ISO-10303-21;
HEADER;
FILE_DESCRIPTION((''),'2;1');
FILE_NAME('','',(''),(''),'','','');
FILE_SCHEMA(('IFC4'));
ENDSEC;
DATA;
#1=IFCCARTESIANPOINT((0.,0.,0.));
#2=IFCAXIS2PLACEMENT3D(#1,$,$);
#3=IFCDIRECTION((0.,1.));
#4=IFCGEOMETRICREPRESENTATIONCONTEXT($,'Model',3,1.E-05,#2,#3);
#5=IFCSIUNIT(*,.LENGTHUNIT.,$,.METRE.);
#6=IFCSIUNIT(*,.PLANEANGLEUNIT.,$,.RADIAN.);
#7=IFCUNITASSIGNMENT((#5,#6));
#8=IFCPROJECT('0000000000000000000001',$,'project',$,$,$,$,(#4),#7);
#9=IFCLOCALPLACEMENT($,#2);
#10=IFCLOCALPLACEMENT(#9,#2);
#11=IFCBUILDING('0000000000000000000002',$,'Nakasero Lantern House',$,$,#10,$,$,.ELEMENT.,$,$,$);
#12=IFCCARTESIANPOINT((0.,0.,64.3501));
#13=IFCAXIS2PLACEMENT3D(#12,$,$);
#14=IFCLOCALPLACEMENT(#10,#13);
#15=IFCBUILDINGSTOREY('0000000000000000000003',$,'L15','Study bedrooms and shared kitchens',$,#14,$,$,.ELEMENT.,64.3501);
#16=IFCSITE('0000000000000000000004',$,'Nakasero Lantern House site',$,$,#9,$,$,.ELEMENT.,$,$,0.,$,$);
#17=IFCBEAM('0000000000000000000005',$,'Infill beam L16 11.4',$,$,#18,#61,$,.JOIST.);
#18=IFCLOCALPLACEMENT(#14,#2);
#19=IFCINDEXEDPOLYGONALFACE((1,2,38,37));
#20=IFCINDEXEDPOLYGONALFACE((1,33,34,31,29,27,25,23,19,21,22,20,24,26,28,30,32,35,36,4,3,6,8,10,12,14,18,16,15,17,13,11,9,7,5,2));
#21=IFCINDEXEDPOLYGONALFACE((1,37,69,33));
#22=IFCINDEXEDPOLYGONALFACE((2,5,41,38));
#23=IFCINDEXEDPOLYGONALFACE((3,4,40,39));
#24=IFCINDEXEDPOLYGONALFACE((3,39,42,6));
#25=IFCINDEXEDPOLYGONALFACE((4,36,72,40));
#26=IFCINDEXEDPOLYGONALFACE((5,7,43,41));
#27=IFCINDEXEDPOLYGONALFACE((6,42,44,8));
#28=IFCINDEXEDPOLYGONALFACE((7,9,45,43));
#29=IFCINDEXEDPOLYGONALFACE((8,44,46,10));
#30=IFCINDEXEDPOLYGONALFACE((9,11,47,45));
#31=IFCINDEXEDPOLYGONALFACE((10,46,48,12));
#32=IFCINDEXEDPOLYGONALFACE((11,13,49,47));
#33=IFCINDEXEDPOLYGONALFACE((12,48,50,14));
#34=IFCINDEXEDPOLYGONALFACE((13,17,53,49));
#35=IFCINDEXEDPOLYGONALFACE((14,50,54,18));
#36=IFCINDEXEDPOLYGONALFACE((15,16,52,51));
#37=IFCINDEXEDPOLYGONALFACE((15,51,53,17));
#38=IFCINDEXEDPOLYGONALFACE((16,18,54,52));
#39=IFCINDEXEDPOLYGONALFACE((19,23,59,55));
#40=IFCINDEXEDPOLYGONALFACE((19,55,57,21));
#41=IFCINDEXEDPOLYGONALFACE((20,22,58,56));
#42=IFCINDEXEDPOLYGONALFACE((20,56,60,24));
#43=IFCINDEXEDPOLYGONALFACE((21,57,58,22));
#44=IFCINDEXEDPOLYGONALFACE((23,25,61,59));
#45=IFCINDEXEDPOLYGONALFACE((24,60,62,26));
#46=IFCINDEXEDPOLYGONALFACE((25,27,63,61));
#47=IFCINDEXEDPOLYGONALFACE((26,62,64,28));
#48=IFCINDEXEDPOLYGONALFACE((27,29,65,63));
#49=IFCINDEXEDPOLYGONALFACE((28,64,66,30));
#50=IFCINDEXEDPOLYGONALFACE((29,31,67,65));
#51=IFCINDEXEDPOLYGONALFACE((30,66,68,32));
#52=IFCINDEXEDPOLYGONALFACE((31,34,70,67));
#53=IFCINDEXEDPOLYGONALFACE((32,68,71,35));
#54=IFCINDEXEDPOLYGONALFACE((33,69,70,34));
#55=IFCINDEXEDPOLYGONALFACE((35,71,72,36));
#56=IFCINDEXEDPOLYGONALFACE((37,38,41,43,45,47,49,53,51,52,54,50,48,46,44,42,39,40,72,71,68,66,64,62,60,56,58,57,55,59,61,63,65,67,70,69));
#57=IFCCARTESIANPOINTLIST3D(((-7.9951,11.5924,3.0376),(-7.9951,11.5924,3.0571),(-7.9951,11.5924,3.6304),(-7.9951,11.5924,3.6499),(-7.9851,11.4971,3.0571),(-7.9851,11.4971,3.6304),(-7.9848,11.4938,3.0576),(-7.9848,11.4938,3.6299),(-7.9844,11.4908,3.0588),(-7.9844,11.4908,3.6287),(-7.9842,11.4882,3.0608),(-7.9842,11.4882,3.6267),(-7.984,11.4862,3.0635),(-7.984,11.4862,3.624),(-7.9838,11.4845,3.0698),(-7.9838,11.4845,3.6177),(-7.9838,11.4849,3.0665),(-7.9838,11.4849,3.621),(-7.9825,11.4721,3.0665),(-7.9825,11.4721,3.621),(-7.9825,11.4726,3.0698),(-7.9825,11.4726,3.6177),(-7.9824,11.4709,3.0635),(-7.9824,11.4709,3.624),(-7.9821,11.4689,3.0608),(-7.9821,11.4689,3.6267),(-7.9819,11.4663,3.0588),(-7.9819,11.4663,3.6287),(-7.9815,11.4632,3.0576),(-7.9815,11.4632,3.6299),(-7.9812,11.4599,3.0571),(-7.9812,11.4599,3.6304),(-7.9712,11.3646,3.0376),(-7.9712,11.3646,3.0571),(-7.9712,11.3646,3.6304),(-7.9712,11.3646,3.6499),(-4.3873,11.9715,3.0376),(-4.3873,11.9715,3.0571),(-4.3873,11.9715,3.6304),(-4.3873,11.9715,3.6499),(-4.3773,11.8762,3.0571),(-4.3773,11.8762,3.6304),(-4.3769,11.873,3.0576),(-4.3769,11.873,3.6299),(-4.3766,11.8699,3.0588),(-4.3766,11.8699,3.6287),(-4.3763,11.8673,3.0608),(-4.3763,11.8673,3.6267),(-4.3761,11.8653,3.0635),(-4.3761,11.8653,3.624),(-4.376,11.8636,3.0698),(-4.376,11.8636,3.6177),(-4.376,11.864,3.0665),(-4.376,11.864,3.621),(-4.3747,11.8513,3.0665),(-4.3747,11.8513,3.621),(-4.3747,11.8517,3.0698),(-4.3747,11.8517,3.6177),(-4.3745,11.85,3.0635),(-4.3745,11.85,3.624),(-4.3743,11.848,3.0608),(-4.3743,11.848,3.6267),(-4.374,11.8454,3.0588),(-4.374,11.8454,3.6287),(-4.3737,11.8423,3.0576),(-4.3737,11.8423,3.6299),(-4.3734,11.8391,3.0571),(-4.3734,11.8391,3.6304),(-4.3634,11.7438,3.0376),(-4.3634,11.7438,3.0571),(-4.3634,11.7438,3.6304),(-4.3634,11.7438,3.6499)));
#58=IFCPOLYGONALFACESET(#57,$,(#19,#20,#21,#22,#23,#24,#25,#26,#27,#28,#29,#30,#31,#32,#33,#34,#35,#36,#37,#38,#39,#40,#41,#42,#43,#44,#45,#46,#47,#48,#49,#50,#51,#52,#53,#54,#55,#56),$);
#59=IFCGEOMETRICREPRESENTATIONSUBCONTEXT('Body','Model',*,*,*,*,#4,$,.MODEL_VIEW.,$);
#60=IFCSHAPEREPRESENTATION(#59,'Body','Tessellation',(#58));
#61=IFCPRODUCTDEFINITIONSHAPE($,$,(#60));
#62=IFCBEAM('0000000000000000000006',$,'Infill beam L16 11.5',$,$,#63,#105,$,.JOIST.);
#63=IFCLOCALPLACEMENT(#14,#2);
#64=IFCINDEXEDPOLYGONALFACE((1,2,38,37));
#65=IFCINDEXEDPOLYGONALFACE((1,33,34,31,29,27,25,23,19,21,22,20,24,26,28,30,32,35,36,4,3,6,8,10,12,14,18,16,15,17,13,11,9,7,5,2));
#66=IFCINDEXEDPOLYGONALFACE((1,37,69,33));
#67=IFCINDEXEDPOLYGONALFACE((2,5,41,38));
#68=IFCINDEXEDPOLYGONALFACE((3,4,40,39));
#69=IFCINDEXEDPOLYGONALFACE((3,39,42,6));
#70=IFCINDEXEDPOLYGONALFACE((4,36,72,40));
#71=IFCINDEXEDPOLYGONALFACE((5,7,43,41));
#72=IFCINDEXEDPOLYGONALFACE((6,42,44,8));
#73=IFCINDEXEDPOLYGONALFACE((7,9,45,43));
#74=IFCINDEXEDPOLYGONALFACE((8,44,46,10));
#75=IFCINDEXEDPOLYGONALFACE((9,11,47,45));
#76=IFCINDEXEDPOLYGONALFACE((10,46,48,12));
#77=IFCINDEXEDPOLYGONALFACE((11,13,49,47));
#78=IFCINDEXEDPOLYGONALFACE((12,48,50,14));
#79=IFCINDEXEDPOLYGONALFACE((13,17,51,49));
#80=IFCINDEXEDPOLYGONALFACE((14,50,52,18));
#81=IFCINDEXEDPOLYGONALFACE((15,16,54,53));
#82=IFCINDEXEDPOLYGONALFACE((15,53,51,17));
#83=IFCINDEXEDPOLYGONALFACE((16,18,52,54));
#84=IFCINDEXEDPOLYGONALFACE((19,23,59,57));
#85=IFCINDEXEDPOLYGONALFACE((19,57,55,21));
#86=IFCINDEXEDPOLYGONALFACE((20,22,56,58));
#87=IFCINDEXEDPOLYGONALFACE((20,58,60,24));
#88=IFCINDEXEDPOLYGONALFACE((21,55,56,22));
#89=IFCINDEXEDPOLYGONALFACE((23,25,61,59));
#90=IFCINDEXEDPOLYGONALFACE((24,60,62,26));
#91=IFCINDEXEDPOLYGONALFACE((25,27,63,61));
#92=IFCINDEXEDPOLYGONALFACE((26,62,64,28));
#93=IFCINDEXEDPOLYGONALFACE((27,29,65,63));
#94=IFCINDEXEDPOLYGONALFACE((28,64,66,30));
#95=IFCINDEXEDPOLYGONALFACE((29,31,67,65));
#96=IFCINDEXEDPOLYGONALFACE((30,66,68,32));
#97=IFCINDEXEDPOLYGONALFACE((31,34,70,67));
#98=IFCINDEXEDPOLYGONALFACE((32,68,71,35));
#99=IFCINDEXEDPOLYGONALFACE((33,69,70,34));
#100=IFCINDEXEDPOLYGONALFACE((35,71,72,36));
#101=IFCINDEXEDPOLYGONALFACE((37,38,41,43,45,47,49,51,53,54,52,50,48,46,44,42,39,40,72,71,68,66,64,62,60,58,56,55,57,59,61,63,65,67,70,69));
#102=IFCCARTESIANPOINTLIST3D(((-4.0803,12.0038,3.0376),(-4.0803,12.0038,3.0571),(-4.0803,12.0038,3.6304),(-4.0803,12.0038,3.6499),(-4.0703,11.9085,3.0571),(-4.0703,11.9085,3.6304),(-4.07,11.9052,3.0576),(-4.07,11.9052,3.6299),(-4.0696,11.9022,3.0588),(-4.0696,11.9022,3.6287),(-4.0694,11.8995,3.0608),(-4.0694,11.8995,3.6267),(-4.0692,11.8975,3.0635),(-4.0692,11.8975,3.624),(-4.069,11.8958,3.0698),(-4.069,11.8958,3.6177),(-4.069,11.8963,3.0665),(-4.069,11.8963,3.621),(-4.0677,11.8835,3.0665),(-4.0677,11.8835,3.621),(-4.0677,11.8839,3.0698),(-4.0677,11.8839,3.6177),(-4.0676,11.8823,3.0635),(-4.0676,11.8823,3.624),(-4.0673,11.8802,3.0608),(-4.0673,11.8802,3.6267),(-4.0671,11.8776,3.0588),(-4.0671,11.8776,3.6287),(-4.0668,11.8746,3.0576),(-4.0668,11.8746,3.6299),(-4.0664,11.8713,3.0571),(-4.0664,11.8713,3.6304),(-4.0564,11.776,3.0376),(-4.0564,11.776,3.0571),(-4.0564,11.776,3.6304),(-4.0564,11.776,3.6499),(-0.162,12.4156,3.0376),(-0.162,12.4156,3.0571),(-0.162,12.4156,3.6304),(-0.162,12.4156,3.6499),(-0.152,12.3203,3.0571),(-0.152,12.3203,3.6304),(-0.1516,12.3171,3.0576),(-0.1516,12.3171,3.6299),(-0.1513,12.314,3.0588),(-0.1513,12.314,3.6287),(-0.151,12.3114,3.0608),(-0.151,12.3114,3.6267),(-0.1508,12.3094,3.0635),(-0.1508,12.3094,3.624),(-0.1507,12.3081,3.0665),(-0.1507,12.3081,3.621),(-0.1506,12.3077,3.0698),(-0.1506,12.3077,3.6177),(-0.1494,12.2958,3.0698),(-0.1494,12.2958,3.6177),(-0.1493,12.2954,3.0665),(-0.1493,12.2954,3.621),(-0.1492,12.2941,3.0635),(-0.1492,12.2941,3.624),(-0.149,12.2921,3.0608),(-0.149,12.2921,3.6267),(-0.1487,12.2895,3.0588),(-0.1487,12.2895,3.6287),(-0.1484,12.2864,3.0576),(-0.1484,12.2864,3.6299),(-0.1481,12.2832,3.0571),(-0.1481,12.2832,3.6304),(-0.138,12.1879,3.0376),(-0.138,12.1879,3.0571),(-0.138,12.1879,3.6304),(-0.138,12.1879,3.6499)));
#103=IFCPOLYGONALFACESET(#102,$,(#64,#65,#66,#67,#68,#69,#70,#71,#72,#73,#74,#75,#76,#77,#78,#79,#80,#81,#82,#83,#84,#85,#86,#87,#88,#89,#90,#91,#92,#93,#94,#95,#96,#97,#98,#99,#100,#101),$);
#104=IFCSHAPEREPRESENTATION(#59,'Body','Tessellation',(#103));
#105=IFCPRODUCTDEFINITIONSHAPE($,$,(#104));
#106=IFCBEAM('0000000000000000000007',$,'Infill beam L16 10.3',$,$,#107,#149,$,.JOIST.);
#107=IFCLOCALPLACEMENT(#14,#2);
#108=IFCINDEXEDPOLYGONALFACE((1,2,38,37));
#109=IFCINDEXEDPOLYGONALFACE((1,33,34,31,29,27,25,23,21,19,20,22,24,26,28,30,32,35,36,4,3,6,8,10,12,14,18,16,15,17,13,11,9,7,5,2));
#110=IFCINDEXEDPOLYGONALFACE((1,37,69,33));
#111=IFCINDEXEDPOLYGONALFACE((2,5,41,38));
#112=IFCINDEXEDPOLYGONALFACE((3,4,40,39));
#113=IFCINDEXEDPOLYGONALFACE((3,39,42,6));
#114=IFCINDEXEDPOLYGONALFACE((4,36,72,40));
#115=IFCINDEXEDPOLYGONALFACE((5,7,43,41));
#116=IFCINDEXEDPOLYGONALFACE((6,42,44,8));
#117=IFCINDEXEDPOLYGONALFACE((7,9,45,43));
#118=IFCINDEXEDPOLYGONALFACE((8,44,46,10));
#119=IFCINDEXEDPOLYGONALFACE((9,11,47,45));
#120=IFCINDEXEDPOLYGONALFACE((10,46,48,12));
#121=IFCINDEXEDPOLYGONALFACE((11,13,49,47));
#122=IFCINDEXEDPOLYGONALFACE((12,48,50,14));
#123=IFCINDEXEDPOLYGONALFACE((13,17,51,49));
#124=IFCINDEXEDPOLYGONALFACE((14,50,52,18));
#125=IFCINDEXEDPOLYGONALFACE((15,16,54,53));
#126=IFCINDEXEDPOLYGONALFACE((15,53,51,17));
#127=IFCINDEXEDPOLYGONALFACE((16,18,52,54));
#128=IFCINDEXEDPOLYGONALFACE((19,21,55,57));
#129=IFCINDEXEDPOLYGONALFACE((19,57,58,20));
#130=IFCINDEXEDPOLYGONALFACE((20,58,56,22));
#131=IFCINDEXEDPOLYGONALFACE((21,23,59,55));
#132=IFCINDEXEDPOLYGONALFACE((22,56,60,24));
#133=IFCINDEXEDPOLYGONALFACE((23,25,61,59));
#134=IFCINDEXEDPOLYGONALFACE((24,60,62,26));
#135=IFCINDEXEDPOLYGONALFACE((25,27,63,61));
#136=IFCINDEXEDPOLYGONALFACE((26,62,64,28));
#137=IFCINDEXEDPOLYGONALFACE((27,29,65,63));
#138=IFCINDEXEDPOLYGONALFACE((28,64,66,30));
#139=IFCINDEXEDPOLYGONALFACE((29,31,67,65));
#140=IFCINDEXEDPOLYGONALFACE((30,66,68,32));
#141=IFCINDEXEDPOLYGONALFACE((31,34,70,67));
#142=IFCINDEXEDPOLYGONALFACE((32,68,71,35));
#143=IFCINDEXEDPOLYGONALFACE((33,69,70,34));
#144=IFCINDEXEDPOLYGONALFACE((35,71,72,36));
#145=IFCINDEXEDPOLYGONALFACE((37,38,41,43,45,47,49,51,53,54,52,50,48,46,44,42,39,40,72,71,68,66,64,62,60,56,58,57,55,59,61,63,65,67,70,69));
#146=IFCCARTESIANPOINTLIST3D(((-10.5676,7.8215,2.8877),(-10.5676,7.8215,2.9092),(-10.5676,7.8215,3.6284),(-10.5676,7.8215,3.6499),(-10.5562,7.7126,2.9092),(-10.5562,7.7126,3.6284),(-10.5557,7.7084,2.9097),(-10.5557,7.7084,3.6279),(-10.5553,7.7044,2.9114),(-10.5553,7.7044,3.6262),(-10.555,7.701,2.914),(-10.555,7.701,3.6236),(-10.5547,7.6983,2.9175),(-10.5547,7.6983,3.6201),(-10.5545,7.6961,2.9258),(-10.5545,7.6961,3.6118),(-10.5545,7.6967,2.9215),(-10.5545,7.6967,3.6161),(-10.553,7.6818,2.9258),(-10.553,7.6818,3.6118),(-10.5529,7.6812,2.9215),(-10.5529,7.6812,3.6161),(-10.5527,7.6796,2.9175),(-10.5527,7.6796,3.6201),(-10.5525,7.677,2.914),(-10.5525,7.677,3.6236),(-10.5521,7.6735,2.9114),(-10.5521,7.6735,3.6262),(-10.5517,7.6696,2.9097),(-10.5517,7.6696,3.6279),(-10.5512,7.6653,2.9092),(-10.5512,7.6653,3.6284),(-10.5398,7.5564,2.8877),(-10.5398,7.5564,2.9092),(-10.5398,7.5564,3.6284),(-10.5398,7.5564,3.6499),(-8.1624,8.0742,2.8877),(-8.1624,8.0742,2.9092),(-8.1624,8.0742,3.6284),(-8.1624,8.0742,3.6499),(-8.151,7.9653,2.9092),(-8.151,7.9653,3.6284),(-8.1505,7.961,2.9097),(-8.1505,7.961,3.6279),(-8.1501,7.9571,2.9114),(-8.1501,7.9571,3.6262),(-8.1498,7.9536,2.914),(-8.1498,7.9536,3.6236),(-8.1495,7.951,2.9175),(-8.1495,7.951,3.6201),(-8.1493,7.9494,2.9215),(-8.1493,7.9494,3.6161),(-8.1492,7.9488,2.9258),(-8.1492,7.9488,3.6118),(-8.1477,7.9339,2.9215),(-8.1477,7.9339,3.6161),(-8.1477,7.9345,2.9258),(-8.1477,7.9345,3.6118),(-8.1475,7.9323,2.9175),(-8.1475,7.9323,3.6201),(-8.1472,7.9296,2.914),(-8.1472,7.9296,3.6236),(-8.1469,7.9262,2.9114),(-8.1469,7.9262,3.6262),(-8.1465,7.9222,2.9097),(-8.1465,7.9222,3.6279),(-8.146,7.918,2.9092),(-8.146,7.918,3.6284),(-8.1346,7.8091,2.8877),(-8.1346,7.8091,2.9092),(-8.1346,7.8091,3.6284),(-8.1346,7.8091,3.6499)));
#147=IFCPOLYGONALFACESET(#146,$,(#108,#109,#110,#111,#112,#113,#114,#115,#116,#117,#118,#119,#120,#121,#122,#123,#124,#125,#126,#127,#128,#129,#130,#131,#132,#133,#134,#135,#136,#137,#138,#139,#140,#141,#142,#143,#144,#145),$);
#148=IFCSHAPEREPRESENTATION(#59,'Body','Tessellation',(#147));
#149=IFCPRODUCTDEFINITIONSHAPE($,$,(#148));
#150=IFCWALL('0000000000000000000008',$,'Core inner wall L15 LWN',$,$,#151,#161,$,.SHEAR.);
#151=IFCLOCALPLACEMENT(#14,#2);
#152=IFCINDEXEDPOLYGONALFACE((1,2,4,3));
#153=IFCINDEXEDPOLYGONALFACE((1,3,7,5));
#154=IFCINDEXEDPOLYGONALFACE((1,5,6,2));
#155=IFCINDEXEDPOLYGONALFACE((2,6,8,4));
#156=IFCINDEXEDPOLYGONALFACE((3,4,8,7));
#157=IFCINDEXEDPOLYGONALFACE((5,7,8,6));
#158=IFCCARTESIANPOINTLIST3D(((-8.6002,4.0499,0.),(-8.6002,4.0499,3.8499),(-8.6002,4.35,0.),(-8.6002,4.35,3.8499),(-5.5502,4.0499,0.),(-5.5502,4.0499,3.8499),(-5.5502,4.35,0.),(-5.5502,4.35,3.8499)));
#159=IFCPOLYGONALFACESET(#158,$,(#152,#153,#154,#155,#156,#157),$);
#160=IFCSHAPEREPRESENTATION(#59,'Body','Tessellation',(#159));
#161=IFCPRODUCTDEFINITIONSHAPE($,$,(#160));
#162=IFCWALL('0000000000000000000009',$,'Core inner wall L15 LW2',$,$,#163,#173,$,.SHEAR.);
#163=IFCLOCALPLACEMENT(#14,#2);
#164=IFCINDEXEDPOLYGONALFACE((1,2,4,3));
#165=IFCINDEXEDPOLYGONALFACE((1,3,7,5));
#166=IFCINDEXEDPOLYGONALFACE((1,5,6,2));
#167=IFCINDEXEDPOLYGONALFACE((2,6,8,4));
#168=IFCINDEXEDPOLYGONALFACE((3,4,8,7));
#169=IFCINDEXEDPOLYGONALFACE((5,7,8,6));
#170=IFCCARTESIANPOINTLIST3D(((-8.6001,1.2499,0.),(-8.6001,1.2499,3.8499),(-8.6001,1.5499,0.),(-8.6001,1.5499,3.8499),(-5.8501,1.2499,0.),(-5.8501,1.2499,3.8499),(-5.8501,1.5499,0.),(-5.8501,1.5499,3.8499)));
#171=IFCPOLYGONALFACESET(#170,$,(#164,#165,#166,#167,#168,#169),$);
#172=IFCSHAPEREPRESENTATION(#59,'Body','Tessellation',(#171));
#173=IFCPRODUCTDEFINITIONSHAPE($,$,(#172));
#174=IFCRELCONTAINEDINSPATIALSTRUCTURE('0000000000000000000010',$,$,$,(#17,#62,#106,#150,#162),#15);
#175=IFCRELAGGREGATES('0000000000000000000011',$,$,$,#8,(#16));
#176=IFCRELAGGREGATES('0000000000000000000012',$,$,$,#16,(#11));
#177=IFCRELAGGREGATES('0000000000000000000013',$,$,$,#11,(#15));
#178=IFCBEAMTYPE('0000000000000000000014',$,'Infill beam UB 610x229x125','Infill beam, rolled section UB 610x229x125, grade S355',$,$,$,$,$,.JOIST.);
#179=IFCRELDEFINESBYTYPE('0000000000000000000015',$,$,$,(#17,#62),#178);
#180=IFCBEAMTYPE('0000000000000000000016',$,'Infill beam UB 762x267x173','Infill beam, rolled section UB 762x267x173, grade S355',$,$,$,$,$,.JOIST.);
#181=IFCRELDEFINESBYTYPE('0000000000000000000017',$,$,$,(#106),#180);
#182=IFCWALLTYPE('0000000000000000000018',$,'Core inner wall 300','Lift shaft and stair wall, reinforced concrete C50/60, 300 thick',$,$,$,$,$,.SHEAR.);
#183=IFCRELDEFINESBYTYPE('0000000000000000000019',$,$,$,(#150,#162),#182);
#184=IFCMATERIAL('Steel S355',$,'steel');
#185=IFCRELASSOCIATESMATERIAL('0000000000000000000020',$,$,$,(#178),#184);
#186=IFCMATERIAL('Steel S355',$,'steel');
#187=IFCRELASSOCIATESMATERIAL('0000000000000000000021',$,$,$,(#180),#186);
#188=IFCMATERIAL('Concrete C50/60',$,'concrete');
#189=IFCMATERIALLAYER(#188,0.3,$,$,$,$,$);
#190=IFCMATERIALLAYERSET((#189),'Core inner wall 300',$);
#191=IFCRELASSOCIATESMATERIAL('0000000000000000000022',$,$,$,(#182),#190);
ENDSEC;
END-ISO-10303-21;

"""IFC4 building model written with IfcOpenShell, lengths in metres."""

from ifc_helpers import new_model, si_unit, direction, frame, frame_2d, origin, origin_2d, place, context, subcontext, project, spatial, rectangle, i_section, extrude, material, layer, layer_set, material_profile, profile_set, type_object, element, save


model = new_model("IFC4")

# Units and contexts
model_context = context("Model", 3, precision=1e-05, world=origin(), true_north=direction((0.0, 1.0)))
body_context = subcontext(model_context, "Body", "Model", "MODEL_VIEW")
ifc_project = project(units=[si_unit("LENGTHUNIT", "METRE"), si_unit("PLANEANGLEUNIT", "RADIAN")], contexts=[model_context])

# Site, building, storey
site_placement = place(None, origin())
site = spatial("IfcSite", under=ifc_project, at=site_placement, Name="Nakasero Lantern House site", CompositionType="ELEMENT", RefElevation=0.0)
building_placement = place(site_placement, origin())
building = spatial("IfcBuilding", under=site, at=building_placement, Name="Nakasero Lantern House", CompositionType="ELEMENT")
storey_placement = place(building_placement, frame((0.0, 0.0, 64.3501)))
storey = spatial("IfcBuildingStorey", under=building, at=storey_placement, Name="L15", Description="Study bedrooms and shared kitchens", CompositionType="ELEMENT", Elevation=64.3501)

# Beams
ifc_material_1 = material(Name="Steel S355", Category="steel")
ifc_material_profile_1 = material_profile(ifc_material_1, i_section(OverallWidth=0.229, OverallDepth=0.6123, WebThickness=0.012, FlangeThickness=0.0195, FilletRadius=0.0127, at=origin_2d()), Name="UB 610x229x125")
ifc_profile_set_1 = profile_set([ifc_material_profile_1], Name="Steel S355")
beam_type_1 = type_object("IfcBeamType", Name="Infill beam UB 610x229x125", Description="Infill beam, rolled section UB 610x229x125, grade S355", PredefinedType="JOIST", material=ifc_profile_set_1)
beam_1_placement = place(storey_placement, frame((-7.9832, 11.4785, 3.3438), z_axis=(0.994524, 0.104513, 0.0), x_axis=(-0.104513, 0.994524, 0.0)))
element("IfcBeam", 1, at=beam_1_placement, inside=storey, type_object=beam_type_1, Name="Infill beam L16 11.4", PredefinedType="JOIST", context=body_context, shape_type="SweptSolid", body=[
    extrude(i_section(OverallWidth=0.229, OverallDepth=0.6123, WebThickness=0.012, FlangeThickness=0.0195, FilletRadius=0.0127, at=origin_2d()), origin(), (0.0, 0.0, 1.0), 3.6277),
])
beam_2_placement = place(storey_placement, frame((-4.0684, 11.8899, 3.3438), z_axis=(0.994521, 0.104533, 0.0), x_axis=(-0.104533, 0.994521, 0.0)))
element("IfcBeam", 2, at=beam_2_placement, inside=storey, type_object=beam_type_1, Name="Infill beam L16 11.5", PredefinedType="JOIST", context=body_context, shape_type="SweptSolid", body=[
    extrude(i_section(OverallWidth=0.229, OverallDepth=0.6123, WebThickness=0.012, FlangeThickness=0.0195, FilletRadius=0.0127, at=origin_2d()), origin(), (0.0, 0.0, 1.0), 3.9399),
])
ifc_material_2 = material(Name="Steel S355", Category="steel")
ifc_material_profile_2 = material_profile(ifc_material_2, i_section(OverallWidth=0.2666, OverallDepth=0.7622, WebThickness=0.0144, FlangeThickness=0.0215, FilletRadius=0.0166, at=origin_2d()), Name="UB 762x267x173")
ifc_profile_set_2 = profile_set([ifc_material_profile_2], Name="Steel S355")
beam_type_2 = type_object("IfcBeamType", Name="Infill beam UB 762x267x173", Description="Infill beam, rolled section UB 762x267x173, grade S355", PredefinedType="JOIST", material=ifc_profile_set_2)
beam_3_placement = place(storey_placement, frame((-10.5537, 7.689, 3.2688), z_axis=(0.994527, 0.10448, 0.0), x_axis=(-0.10448, 0.994527, 0.0)))
element("IfcBeam", 3, at=beam_3_placement, inside=storey, type_object=beam_type_2, Name="Infill beam L16 10.3", PredefinedType="JOIST", context=body_context, shape_type="SweptSolid", body=[
    extrude(i_section(OverallWidth=0.2666, OverallDepth=0.7622, WebThickness=0.0144, FlangeThickness=0.0215, FilletRadius=0.0166, at=origin_2d()), origin(), (0.0, 0.0, 1.0), 2.4185),
])

# Walls
ifc_material_3 = material(Name="Concrete C50/60", Category="concrete")
ifc_layer_1 = layer(ifc_material_3, 0.3)
ifc_layer_set_1 = layer_set([ifc_layer_1], Name="Core inner wall 300")
wall_type_1 = type_object("IfcWallType", Name="Core inner wall 300", Description="Lift shaft and stair wall, reinforced concrete C50/60, 300 thick", PredefinedType="SHEAR", material=ifc_layer_set_1)
wall_1_placement = place(storey_placement, frame((-8.6001, 4.2, 0.0), z_axis=(0.0, 0.0, 1.0), x_axis=(1.0, 0.0, 0.0)))
element("IfcWall", 4, at=wall_1_placement, inside=storey, type_object=wall_type_1, Name="Core inner wall L15 LWN", PredefinedType="SHEAR", context=body_context, shape_type="SweptSolid", body=[
    extrude(rectangle(XDim=3.05, YDim=0.3, at=frame_2d((1.5249, 0.0))), origin(), (0.0, 0.0, 1.0), 3.8499),
])
wall_2_placement = place(storey_placement, frame((-8.6001, 1.3999, 0.0), z_axis=(0.0, 0.0, 1.0), x_axis=(1.0, 0.0, 0.0)))
element("IfcWall", 5, at=wall_2_placement, inside=storey, type_object=wall_type_1, Name="Core inner wall L15 LW2", PredefinedType="SHEAR", context=body_context, shape_type="SweptSolid", body=[
    extrude(rectangle(XDim=2.75, YDim=0.3, at=frame_2d((1.375, 0.0))), origin(), (0.0, 0.0, 1.0), 3.8499),
])

save(model, "model.ifc")
